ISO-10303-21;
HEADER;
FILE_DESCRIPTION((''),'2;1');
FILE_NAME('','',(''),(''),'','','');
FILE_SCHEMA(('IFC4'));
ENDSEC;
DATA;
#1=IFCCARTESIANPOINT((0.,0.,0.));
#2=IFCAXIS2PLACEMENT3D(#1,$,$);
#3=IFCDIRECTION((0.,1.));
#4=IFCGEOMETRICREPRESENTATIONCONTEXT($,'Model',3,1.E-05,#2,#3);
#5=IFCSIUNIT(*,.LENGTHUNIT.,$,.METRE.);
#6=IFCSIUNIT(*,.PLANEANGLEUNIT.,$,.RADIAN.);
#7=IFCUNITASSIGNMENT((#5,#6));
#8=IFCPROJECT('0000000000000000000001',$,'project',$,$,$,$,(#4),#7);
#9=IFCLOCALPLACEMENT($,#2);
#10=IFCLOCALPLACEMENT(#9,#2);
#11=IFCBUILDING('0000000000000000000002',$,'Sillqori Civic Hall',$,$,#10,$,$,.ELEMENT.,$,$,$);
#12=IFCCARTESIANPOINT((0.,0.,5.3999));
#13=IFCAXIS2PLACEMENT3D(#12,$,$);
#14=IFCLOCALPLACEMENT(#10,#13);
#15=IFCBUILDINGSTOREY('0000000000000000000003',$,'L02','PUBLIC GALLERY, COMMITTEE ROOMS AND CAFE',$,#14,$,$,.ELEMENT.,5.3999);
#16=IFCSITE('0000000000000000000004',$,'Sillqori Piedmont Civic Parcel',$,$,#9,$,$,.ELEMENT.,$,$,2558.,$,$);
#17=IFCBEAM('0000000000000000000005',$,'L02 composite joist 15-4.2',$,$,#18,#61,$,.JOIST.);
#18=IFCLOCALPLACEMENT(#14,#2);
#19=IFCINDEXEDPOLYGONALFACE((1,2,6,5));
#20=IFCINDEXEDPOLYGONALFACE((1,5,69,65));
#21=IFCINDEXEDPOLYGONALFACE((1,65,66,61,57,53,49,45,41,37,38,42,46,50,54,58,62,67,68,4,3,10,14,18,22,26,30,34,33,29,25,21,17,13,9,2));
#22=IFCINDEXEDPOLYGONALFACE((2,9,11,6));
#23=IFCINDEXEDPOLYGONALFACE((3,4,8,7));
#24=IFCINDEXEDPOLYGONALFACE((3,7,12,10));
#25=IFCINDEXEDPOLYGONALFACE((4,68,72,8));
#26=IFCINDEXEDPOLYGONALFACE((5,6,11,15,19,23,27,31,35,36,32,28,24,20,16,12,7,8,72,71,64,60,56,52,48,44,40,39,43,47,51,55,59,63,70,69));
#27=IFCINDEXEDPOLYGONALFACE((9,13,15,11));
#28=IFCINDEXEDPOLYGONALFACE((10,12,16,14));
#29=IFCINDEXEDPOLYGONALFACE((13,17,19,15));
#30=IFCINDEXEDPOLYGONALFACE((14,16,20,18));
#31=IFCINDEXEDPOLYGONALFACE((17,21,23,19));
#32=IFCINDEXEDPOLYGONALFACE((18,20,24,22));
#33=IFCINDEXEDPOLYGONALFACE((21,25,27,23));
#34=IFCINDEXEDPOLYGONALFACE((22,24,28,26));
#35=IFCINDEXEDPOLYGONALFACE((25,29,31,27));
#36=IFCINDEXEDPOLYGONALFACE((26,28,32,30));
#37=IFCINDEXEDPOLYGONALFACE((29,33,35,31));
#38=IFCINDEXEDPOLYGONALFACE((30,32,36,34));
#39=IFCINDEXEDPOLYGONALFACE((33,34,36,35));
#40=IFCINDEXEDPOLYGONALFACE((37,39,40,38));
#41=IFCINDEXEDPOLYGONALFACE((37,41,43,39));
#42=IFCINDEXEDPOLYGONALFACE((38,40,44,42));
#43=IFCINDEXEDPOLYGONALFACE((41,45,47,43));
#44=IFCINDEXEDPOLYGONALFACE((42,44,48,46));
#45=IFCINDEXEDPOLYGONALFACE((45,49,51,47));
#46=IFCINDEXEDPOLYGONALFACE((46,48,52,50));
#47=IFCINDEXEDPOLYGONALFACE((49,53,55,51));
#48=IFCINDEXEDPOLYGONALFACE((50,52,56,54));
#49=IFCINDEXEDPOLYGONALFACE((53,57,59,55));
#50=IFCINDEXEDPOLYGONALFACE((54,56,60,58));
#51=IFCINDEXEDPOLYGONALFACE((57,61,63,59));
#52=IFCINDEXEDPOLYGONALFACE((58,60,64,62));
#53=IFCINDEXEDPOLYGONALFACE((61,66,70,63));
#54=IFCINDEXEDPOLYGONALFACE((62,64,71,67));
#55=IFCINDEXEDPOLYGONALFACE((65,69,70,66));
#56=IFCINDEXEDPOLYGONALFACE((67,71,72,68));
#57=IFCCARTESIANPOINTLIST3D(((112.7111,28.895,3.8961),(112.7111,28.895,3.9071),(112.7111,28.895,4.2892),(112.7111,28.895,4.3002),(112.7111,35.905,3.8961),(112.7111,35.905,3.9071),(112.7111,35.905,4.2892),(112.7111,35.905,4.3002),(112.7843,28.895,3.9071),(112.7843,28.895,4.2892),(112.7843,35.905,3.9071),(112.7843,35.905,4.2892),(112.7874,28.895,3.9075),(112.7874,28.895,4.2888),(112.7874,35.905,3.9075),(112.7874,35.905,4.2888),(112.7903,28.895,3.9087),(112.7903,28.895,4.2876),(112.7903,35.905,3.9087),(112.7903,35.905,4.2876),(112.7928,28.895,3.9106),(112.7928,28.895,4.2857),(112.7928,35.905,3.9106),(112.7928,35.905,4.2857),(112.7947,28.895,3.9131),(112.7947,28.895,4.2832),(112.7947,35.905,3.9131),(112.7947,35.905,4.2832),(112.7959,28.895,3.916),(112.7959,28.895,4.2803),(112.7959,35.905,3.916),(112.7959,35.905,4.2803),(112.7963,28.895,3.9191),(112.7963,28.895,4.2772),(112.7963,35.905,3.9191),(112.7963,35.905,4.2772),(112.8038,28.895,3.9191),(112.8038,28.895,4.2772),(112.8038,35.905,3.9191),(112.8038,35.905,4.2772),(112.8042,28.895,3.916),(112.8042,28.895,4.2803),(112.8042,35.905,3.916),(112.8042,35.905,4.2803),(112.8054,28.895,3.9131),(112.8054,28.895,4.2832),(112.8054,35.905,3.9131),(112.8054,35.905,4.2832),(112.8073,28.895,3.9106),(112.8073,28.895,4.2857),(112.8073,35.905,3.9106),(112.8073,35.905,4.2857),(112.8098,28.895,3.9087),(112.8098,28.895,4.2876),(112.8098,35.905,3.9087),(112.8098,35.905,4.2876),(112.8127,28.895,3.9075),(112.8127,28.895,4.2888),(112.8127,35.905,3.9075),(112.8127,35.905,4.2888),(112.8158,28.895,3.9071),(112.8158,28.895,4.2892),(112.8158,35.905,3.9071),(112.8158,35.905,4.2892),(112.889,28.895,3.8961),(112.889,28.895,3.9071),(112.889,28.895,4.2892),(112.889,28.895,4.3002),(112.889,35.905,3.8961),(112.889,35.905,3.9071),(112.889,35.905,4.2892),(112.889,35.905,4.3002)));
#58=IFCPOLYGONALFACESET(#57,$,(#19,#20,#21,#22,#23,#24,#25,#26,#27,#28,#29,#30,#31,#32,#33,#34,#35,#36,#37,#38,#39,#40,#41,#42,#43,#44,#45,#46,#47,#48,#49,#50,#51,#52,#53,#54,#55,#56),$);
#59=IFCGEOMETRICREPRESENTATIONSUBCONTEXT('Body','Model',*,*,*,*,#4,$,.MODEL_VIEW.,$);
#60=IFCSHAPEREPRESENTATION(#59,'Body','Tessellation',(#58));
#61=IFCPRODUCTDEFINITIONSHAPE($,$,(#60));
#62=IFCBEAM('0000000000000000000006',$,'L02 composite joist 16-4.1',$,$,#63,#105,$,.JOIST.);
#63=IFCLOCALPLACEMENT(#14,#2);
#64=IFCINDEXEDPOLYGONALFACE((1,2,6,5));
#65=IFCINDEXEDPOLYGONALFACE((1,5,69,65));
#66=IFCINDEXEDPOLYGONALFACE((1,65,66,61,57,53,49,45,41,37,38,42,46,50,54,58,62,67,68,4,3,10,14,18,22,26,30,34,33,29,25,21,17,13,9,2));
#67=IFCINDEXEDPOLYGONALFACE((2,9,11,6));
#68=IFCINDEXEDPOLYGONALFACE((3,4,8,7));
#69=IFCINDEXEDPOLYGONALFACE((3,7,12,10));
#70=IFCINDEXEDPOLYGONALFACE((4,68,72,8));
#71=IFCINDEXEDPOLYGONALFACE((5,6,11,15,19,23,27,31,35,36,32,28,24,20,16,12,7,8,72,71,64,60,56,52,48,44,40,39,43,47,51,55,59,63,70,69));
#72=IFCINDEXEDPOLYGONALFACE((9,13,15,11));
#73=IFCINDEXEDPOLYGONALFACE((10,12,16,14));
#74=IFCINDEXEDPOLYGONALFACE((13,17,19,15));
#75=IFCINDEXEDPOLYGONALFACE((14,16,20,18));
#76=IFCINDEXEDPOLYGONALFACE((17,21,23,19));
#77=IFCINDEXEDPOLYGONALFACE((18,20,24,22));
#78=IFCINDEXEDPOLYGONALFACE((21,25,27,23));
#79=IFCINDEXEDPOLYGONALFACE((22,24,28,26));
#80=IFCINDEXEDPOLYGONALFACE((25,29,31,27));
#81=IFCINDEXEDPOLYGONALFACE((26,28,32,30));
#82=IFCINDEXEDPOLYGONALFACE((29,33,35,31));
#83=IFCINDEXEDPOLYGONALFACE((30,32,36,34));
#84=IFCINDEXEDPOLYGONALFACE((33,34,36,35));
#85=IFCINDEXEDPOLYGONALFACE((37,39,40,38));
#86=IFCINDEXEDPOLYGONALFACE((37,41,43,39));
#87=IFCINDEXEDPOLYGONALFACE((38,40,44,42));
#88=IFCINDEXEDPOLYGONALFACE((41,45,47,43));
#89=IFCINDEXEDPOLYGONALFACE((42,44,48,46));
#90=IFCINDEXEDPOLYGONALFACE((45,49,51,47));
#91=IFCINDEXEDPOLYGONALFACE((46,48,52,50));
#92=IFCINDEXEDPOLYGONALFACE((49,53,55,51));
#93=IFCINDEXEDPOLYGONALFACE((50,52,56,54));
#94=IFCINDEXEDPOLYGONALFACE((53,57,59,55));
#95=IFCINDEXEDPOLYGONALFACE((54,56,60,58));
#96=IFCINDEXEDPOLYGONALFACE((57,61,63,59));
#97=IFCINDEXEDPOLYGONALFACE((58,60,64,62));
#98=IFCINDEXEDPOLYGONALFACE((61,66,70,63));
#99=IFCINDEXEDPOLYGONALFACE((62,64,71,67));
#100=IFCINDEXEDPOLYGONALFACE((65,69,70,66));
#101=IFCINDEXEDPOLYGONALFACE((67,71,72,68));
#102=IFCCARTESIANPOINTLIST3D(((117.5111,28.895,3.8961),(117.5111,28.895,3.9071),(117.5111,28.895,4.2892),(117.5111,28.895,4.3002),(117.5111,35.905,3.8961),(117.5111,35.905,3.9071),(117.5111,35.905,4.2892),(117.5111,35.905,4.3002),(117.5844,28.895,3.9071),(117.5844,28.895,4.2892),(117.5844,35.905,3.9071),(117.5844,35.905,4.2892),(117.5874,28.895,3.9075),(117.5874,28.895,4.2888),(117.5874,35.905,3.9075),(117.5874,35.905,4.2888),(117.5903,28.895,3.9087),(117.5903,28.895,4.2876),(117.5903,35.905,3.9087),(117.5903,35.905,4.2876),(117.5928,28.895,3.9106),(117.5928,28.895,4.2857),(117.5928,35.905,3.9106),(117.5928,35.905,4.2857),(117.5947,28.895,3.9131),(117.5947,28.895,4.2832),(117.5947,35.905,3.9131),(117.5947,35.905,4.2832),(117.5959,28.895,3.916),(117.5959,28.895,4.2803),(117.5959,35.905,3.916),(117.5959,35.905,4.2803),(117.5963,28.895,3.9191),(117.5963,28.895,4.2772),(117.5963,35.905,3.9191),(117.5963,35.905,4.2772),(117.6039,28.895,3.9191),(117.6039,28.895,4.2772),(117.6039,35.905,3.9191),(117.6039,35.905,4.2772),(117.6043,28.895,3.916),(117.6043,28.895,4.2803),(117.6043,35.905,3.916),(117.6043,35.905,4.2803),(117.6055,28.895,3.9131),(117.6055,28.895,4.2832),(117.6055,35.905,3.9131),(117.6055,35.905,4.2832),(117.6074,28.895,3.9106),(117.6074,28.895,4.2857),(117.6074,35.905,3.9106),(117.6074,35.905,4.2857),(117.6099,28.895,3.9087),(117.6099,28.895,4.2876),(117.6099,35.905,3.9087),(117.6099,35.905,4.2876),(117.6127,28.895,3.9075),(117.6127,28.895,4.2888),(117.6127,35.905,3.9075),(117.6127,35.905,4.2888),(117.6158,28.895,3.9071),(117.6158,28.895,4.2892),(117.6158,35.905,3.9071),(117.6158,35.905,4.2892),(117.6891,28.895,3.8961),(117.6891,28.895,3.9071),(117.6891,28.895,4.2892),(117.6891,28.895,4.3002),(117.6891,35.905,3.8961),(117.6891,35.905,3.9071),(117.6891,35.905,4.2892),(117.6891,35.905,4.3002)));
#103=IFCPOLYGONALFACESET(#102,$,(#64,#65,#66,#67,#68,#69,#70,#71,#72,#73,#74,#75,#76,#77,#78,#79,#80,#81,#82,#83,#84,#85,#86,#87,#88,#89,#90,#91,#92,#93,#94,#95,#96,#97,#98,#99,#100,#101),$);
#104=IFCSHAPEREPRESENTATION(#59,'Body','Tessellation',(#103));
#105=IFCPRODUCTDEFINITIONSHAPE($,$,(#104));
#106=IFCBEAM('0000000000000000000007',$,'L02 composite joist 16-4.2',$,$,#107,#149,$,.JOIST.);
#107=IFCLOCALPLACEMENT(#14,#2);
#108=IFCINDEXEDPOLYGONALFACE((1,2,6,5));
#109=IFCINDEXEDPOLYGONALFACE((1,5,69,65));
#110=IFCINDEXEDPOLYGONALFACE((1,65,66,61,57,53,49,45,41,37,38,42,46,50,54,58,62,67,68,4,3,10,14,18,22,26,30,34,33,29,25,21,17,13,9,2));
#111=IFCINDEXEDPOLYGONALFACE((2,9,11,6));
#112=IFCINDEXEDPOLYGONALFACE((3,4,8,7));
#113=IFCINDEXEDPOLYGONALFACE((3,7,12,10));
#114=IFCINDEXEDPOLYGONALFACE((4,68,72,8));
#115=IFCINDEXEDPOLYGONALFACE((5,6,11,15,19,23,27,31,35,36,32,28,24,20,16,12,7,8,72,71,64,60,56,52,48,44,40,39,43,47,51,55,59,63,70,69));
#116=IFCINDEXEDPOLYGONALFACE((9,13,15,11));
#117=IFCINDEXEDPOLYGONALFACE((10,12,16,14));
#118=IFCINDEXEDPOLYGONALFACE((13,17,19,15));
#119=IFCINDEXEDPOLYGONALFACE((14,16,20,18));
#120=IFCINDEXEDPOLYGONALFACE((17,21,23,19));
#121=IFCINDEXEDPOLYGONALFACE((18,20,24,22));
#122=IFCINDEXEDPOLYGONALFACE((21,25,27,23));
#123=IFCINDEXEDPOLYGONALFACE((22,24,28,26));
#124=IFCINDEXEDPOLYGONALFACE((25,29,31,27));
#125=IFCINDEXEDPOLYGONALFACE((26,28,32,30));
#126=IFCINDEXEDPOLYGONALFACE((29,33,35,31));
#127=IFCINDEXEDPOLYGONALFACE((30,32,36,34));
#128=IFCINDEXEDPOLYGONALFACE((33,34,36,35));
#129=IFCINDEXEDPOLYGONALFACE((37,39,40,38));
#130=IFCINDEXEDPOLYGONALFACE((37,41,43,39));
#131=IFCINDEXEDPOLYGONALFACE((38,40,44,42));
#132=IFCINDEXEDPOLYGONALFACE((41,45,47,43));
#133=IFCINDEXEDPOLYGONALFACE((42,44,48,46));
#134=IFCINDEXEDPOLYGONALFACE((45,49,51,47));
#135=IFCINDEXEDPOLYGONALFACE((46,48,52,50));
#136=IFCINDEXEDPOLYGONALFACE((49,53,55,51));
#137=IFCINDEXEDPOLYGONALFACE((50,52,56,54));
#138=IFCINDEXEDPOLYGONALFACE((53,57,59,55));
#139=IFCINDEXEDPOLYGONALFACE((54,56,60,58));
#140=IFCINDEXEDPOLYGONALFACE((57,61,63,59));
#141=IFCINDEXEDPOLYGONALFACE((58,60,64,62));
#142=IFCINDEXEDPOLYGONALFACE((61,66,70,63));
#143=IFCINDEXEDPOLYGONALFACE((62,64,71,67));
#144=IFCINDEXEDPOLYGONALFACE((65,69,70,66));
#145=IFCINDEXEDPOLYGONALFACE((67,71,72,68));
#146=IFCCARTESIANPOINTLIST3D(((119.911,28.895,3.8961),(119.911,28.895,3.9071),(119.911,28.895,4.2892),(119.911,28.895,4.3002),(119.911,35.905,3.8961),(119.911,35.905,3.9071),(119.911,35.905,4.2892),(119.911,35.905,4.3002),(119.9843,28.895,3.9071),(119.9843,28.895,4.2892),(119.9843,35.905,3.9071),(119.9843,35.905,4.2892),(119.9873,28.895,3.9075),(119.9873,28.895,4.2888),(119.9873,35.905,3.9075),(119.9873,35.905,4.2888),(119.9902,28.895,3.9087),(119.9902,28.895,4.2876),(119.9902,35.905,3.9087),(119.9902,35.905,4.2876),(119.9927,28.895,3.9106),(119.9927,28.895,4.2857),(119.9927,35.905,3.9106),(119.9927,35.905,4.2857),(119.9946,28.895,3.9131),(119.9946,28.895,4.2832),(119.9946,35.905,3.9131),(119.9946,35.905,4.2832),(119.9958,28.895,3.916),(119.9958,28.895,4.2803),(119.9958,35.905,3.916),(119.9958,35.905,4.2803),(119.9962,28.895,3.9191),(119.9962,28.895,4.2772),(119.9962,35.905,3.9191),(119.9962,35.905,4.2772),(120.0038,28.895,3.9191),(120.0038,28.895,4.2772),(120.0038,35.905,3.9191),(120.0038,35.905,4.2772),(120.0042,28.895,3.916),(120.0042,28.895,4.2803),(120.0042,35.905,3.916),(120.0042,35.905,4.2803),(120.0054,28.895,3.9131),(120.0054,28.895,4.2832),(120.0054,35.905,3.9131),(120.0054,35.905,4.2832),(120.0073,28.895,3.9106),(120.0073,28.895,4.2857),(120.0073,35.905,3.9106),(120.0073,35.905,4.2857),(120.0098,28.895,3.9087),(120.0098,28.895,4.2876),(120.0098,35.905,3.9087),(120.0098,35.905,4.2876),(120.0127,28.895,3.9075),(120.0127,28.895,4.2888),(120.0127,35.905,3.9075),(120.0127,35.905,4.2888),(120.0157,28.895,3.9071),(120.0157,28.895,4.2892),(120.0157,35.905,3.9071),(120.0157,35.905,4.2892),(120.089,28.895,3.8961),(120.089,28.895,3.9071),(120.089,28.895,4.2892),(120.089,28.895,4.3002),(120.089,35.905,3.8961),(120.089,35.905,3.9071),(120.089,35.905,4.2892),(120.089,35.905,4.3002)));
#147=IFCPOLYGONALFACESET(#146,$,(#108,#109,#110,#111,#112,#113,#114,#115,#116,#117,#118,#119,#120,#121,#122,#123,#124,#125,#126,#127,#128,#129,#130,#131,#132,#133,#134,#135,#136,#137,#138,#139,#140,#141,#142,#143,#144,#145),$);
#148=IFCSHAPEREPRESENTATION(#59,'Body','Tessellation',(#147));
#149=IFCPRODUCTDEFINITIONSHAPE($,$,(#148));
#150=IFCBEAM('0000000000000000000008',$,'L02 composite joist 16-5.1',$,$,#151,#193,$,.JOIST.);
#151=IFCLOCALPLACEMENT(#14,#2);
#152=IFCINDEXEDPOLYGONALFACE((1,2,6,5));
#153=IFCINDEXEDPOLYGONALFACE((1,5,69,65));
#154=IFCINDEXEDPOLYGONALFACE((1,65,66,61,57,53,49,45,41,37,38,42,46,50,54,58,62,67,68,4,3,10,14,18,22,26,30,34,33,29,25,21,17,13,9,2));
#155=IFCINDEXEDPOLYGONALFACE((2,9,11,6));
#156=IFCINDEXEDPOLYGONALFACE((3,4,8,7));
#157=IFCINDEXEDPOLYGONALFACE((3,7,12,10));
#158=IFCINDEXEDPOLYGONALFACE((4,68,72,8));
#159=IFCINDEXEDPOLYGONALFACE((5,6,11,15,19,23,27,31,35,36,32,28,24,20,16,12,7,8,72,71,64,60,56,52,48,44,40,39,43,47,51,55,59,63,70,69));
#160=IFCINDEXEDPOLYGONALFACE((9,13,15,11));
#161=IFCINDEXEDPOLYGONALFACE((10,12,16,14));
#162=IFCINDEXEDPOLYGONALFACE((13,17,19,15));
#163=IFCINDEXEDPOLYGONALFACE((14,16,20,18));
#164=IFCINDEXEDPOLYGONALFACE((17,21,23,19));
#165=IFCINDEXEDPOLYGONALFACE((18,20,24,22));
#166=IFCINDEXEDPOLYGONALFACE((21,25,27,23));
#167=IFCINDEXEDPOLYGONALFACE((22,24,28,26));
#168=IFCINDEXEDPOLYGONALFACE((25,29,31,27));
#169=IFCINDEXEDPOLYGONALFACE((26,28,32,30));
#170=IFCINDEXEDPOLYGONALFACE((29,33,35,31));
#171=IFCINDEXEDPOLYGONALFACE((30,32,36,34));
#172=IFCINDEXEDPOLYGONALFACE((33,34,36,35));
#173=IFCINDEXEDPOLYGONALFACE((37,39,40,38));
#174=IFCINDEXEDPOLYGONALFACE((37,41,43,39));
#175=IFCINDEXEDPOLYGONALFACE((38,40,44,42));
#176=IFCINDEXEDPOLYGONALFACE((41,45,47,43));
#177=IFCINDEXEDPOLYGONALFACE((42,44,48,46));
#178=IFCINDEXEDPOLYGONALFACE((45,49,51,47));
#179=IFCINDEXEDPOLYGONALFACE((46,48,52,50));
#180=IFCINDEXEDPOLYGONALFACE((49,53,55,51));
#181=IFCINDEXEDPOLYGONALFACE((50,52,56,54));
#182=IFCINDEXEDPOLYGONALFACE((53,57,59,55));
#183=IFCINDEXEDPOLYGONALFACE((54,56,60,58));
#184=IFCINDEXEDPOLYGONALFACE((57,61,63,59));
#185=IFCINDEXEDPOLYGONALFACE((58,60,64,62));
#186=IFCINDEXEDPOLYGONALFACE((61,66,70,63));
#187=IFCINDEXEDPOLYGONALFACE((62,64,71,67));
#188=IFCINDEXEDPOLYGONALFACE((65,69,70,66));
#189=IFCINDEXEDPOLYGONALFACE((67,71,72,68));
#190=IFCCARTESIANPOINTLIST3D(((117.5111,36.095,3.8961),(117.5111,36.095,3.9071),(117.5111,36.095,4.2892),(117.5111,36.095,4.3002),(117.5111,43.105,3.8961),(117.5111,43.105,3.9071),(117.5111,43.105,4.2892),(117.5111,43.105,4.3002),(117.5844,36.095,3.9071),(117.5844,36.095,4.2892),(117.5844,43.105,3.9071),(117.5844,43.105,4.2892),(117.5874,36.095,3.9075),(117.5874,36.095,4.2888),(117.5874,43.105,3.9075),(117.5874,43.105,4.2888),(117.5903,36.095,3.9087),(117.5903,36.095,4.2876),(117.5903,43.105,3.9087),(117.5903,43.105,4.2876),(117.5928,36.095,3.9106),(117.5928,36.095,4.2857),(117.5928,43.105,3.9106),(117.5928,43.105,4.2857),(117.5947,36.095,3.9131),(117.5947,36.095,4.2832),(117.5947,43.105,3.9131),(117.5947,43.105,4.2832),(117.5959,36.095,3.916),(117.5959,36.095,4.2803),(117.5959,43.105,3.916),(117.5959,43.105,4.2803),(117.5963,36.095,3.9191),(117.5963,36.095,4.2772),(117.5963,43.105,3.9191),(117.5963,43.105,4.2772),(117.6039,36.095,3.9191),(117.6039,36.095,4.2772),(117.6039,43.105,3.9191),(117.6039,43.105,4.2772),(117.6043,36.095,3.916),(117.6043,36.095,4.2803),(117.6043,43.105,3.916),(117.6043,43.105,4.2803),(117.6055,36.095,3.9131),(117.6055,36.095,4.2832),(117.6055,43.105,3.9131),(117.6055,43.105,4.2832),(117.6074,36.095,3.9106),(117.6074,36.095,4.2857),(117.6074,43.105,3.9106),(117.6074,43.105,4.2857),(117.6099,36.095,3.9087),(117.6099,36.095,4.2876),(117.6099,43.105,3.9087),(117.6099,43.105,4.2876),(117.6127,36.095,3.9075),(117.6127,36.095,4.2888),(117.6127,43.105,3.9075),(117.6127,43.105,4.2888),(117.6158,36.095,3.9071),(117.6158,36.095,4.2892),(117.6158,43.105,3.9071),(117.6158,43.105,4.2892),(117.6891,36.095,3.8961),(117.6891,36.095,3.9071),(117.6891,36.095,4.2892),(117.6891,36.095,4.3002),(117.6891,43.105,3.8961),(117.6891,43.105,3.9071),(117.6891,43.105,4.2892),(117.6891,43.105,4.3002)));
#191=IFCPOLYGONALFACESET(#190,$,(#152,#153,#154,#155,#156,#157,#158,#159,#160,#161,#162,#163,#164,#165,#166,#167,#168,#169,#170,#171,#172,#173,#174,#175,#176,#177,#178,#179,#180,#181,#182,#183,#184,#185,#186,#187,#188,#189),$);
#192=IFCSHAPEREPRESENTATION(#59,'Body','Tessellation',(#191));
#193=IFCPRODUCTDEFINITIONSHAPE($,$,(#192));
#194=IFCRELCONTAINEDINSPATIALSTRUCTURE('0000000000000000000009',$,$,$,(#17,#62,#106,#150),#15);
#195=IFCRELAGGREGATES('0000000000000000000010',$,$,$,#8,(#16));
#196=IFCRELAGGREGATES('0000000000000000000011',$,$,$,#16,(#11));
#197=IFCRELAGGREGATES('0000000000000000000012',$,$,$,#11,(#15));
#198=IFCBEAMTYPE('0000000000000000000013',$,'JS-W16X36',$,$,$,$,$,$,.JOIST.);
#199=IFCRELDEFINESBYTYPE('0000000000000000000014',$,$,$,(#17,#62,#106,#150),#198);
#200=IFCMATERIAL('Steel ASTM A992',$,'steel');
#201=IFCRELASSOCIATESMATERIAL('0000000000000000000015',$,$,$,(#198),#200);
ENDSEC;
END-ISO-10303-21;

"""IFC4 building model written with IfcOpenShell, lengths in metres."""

from ifc_helpers import new_model, si_unit, direction, frame, origin, origin_2d, place, context, subcontext, project, spatial, i_section, extrude, material, material_profile, profile_set, type_object, element, save


model = new_model("IFC4")

# Units and contexts
model_context = context("Model", 3, precision=1e-05, world=origin(), true_north=direction((0.0, 1.0)))
body_context = subcontext(model_context, "Body", "Model", "MODEL_VIEW")
ifc_project = project(units=[si_unit("LENGTHUNIT", "METRE"), si_unit("PLANEANGLEUNIT", "RADIAN")], contexts=[model_context])

# Site, building, storey
site_placement = place(None, origin())
site = spatial("IfcSite", under=ifc_project, at=site_placement, Name="Sillqori Piedmont Civic Parcel", CompositionType="ELEMENT", RefElevation=2558.0)
building_placement = place(site_placement, origin())
building = spatial("IfcBuilding", under=site, at=building_placement, Name="Sillqori Civic Hall", CompositionType="ELEMENT")
storey_placement = place(building_placement, frame((0.0, 0.0, 5.3999)))
storey = spatial("IfcBuildingStorey", under=building, at=storey_placement, Name="L02", Description="PUBLIC GALLERY, COMMITTEE ROOMS AND CAFE", CompositionType="ELEMENT", Elevation=5.3999)

# Shared definitions
ifc_material_1 = material(Name="Steel ASTM A992", Category="steel")

# Beams
ifc_material_profile_1 = material_profile(ifc_material_1, i_section(OverallWidth=0.178, OverallDepth=0.4041, WebThickness=0.0076, FlangeThickness=0.011, FilletRadius=0.012, at=origin_2d()), Name="W16X36")
ifc_profile_set_1 = profile_set([ifc_material_profile_1], Name="Steel ASTM A992")
beam_type_1 = type_object("IfcBeamType", Name="JS-W16X36", PredefinedType="JOIST", material=ifc_profile_set_1)
for number, where, z_axis, x_axis, name in (
    (1, (112.8, 28.895, 4.0981), (0.0, 1.0, 0.0), (-1.0, 0.0, 0.0), "L02 composite joist 15-4.2"),
    (2, (117.6001, 28.895, 4.0981), (0.0, 1.0, 0.0), (-1.0, 0.0, 0.0), "L02 composite joist 16-4.1"),
    (3, (120.0, 28.895, 4.0981), (0.0, 1.0, 0.0), (-1.0, 0.0, 0.0), "L02 composite joist 16-4.2"),
    (4, (117.6001, 36.095, 4.0981), (0.0, 1.0, 0.0), (-1.0, 0.0, 0.0), "L02 composite joist 16-5.1"),
):
    element("IfcBeam", number, at=place(storey_placement, frame(where, z_axis=z_axis, x_axis=x_axis)), inside=storey, type_object=beam_type_1, Name=name, PredefinedType="JOIST", context=body_context, shape_type="SweptSolid", body=[
        extrude(i_section(OverallWidth=0.178, OverallDepth=0.4041, WebThickness=0.0076, FlangeThickness=0.011, FilletRadius=0.012, at=origin_2d()), origin(), (0.0, 0.0, 1.0), 7.01),
    ])

save(model, "model.ifc")
